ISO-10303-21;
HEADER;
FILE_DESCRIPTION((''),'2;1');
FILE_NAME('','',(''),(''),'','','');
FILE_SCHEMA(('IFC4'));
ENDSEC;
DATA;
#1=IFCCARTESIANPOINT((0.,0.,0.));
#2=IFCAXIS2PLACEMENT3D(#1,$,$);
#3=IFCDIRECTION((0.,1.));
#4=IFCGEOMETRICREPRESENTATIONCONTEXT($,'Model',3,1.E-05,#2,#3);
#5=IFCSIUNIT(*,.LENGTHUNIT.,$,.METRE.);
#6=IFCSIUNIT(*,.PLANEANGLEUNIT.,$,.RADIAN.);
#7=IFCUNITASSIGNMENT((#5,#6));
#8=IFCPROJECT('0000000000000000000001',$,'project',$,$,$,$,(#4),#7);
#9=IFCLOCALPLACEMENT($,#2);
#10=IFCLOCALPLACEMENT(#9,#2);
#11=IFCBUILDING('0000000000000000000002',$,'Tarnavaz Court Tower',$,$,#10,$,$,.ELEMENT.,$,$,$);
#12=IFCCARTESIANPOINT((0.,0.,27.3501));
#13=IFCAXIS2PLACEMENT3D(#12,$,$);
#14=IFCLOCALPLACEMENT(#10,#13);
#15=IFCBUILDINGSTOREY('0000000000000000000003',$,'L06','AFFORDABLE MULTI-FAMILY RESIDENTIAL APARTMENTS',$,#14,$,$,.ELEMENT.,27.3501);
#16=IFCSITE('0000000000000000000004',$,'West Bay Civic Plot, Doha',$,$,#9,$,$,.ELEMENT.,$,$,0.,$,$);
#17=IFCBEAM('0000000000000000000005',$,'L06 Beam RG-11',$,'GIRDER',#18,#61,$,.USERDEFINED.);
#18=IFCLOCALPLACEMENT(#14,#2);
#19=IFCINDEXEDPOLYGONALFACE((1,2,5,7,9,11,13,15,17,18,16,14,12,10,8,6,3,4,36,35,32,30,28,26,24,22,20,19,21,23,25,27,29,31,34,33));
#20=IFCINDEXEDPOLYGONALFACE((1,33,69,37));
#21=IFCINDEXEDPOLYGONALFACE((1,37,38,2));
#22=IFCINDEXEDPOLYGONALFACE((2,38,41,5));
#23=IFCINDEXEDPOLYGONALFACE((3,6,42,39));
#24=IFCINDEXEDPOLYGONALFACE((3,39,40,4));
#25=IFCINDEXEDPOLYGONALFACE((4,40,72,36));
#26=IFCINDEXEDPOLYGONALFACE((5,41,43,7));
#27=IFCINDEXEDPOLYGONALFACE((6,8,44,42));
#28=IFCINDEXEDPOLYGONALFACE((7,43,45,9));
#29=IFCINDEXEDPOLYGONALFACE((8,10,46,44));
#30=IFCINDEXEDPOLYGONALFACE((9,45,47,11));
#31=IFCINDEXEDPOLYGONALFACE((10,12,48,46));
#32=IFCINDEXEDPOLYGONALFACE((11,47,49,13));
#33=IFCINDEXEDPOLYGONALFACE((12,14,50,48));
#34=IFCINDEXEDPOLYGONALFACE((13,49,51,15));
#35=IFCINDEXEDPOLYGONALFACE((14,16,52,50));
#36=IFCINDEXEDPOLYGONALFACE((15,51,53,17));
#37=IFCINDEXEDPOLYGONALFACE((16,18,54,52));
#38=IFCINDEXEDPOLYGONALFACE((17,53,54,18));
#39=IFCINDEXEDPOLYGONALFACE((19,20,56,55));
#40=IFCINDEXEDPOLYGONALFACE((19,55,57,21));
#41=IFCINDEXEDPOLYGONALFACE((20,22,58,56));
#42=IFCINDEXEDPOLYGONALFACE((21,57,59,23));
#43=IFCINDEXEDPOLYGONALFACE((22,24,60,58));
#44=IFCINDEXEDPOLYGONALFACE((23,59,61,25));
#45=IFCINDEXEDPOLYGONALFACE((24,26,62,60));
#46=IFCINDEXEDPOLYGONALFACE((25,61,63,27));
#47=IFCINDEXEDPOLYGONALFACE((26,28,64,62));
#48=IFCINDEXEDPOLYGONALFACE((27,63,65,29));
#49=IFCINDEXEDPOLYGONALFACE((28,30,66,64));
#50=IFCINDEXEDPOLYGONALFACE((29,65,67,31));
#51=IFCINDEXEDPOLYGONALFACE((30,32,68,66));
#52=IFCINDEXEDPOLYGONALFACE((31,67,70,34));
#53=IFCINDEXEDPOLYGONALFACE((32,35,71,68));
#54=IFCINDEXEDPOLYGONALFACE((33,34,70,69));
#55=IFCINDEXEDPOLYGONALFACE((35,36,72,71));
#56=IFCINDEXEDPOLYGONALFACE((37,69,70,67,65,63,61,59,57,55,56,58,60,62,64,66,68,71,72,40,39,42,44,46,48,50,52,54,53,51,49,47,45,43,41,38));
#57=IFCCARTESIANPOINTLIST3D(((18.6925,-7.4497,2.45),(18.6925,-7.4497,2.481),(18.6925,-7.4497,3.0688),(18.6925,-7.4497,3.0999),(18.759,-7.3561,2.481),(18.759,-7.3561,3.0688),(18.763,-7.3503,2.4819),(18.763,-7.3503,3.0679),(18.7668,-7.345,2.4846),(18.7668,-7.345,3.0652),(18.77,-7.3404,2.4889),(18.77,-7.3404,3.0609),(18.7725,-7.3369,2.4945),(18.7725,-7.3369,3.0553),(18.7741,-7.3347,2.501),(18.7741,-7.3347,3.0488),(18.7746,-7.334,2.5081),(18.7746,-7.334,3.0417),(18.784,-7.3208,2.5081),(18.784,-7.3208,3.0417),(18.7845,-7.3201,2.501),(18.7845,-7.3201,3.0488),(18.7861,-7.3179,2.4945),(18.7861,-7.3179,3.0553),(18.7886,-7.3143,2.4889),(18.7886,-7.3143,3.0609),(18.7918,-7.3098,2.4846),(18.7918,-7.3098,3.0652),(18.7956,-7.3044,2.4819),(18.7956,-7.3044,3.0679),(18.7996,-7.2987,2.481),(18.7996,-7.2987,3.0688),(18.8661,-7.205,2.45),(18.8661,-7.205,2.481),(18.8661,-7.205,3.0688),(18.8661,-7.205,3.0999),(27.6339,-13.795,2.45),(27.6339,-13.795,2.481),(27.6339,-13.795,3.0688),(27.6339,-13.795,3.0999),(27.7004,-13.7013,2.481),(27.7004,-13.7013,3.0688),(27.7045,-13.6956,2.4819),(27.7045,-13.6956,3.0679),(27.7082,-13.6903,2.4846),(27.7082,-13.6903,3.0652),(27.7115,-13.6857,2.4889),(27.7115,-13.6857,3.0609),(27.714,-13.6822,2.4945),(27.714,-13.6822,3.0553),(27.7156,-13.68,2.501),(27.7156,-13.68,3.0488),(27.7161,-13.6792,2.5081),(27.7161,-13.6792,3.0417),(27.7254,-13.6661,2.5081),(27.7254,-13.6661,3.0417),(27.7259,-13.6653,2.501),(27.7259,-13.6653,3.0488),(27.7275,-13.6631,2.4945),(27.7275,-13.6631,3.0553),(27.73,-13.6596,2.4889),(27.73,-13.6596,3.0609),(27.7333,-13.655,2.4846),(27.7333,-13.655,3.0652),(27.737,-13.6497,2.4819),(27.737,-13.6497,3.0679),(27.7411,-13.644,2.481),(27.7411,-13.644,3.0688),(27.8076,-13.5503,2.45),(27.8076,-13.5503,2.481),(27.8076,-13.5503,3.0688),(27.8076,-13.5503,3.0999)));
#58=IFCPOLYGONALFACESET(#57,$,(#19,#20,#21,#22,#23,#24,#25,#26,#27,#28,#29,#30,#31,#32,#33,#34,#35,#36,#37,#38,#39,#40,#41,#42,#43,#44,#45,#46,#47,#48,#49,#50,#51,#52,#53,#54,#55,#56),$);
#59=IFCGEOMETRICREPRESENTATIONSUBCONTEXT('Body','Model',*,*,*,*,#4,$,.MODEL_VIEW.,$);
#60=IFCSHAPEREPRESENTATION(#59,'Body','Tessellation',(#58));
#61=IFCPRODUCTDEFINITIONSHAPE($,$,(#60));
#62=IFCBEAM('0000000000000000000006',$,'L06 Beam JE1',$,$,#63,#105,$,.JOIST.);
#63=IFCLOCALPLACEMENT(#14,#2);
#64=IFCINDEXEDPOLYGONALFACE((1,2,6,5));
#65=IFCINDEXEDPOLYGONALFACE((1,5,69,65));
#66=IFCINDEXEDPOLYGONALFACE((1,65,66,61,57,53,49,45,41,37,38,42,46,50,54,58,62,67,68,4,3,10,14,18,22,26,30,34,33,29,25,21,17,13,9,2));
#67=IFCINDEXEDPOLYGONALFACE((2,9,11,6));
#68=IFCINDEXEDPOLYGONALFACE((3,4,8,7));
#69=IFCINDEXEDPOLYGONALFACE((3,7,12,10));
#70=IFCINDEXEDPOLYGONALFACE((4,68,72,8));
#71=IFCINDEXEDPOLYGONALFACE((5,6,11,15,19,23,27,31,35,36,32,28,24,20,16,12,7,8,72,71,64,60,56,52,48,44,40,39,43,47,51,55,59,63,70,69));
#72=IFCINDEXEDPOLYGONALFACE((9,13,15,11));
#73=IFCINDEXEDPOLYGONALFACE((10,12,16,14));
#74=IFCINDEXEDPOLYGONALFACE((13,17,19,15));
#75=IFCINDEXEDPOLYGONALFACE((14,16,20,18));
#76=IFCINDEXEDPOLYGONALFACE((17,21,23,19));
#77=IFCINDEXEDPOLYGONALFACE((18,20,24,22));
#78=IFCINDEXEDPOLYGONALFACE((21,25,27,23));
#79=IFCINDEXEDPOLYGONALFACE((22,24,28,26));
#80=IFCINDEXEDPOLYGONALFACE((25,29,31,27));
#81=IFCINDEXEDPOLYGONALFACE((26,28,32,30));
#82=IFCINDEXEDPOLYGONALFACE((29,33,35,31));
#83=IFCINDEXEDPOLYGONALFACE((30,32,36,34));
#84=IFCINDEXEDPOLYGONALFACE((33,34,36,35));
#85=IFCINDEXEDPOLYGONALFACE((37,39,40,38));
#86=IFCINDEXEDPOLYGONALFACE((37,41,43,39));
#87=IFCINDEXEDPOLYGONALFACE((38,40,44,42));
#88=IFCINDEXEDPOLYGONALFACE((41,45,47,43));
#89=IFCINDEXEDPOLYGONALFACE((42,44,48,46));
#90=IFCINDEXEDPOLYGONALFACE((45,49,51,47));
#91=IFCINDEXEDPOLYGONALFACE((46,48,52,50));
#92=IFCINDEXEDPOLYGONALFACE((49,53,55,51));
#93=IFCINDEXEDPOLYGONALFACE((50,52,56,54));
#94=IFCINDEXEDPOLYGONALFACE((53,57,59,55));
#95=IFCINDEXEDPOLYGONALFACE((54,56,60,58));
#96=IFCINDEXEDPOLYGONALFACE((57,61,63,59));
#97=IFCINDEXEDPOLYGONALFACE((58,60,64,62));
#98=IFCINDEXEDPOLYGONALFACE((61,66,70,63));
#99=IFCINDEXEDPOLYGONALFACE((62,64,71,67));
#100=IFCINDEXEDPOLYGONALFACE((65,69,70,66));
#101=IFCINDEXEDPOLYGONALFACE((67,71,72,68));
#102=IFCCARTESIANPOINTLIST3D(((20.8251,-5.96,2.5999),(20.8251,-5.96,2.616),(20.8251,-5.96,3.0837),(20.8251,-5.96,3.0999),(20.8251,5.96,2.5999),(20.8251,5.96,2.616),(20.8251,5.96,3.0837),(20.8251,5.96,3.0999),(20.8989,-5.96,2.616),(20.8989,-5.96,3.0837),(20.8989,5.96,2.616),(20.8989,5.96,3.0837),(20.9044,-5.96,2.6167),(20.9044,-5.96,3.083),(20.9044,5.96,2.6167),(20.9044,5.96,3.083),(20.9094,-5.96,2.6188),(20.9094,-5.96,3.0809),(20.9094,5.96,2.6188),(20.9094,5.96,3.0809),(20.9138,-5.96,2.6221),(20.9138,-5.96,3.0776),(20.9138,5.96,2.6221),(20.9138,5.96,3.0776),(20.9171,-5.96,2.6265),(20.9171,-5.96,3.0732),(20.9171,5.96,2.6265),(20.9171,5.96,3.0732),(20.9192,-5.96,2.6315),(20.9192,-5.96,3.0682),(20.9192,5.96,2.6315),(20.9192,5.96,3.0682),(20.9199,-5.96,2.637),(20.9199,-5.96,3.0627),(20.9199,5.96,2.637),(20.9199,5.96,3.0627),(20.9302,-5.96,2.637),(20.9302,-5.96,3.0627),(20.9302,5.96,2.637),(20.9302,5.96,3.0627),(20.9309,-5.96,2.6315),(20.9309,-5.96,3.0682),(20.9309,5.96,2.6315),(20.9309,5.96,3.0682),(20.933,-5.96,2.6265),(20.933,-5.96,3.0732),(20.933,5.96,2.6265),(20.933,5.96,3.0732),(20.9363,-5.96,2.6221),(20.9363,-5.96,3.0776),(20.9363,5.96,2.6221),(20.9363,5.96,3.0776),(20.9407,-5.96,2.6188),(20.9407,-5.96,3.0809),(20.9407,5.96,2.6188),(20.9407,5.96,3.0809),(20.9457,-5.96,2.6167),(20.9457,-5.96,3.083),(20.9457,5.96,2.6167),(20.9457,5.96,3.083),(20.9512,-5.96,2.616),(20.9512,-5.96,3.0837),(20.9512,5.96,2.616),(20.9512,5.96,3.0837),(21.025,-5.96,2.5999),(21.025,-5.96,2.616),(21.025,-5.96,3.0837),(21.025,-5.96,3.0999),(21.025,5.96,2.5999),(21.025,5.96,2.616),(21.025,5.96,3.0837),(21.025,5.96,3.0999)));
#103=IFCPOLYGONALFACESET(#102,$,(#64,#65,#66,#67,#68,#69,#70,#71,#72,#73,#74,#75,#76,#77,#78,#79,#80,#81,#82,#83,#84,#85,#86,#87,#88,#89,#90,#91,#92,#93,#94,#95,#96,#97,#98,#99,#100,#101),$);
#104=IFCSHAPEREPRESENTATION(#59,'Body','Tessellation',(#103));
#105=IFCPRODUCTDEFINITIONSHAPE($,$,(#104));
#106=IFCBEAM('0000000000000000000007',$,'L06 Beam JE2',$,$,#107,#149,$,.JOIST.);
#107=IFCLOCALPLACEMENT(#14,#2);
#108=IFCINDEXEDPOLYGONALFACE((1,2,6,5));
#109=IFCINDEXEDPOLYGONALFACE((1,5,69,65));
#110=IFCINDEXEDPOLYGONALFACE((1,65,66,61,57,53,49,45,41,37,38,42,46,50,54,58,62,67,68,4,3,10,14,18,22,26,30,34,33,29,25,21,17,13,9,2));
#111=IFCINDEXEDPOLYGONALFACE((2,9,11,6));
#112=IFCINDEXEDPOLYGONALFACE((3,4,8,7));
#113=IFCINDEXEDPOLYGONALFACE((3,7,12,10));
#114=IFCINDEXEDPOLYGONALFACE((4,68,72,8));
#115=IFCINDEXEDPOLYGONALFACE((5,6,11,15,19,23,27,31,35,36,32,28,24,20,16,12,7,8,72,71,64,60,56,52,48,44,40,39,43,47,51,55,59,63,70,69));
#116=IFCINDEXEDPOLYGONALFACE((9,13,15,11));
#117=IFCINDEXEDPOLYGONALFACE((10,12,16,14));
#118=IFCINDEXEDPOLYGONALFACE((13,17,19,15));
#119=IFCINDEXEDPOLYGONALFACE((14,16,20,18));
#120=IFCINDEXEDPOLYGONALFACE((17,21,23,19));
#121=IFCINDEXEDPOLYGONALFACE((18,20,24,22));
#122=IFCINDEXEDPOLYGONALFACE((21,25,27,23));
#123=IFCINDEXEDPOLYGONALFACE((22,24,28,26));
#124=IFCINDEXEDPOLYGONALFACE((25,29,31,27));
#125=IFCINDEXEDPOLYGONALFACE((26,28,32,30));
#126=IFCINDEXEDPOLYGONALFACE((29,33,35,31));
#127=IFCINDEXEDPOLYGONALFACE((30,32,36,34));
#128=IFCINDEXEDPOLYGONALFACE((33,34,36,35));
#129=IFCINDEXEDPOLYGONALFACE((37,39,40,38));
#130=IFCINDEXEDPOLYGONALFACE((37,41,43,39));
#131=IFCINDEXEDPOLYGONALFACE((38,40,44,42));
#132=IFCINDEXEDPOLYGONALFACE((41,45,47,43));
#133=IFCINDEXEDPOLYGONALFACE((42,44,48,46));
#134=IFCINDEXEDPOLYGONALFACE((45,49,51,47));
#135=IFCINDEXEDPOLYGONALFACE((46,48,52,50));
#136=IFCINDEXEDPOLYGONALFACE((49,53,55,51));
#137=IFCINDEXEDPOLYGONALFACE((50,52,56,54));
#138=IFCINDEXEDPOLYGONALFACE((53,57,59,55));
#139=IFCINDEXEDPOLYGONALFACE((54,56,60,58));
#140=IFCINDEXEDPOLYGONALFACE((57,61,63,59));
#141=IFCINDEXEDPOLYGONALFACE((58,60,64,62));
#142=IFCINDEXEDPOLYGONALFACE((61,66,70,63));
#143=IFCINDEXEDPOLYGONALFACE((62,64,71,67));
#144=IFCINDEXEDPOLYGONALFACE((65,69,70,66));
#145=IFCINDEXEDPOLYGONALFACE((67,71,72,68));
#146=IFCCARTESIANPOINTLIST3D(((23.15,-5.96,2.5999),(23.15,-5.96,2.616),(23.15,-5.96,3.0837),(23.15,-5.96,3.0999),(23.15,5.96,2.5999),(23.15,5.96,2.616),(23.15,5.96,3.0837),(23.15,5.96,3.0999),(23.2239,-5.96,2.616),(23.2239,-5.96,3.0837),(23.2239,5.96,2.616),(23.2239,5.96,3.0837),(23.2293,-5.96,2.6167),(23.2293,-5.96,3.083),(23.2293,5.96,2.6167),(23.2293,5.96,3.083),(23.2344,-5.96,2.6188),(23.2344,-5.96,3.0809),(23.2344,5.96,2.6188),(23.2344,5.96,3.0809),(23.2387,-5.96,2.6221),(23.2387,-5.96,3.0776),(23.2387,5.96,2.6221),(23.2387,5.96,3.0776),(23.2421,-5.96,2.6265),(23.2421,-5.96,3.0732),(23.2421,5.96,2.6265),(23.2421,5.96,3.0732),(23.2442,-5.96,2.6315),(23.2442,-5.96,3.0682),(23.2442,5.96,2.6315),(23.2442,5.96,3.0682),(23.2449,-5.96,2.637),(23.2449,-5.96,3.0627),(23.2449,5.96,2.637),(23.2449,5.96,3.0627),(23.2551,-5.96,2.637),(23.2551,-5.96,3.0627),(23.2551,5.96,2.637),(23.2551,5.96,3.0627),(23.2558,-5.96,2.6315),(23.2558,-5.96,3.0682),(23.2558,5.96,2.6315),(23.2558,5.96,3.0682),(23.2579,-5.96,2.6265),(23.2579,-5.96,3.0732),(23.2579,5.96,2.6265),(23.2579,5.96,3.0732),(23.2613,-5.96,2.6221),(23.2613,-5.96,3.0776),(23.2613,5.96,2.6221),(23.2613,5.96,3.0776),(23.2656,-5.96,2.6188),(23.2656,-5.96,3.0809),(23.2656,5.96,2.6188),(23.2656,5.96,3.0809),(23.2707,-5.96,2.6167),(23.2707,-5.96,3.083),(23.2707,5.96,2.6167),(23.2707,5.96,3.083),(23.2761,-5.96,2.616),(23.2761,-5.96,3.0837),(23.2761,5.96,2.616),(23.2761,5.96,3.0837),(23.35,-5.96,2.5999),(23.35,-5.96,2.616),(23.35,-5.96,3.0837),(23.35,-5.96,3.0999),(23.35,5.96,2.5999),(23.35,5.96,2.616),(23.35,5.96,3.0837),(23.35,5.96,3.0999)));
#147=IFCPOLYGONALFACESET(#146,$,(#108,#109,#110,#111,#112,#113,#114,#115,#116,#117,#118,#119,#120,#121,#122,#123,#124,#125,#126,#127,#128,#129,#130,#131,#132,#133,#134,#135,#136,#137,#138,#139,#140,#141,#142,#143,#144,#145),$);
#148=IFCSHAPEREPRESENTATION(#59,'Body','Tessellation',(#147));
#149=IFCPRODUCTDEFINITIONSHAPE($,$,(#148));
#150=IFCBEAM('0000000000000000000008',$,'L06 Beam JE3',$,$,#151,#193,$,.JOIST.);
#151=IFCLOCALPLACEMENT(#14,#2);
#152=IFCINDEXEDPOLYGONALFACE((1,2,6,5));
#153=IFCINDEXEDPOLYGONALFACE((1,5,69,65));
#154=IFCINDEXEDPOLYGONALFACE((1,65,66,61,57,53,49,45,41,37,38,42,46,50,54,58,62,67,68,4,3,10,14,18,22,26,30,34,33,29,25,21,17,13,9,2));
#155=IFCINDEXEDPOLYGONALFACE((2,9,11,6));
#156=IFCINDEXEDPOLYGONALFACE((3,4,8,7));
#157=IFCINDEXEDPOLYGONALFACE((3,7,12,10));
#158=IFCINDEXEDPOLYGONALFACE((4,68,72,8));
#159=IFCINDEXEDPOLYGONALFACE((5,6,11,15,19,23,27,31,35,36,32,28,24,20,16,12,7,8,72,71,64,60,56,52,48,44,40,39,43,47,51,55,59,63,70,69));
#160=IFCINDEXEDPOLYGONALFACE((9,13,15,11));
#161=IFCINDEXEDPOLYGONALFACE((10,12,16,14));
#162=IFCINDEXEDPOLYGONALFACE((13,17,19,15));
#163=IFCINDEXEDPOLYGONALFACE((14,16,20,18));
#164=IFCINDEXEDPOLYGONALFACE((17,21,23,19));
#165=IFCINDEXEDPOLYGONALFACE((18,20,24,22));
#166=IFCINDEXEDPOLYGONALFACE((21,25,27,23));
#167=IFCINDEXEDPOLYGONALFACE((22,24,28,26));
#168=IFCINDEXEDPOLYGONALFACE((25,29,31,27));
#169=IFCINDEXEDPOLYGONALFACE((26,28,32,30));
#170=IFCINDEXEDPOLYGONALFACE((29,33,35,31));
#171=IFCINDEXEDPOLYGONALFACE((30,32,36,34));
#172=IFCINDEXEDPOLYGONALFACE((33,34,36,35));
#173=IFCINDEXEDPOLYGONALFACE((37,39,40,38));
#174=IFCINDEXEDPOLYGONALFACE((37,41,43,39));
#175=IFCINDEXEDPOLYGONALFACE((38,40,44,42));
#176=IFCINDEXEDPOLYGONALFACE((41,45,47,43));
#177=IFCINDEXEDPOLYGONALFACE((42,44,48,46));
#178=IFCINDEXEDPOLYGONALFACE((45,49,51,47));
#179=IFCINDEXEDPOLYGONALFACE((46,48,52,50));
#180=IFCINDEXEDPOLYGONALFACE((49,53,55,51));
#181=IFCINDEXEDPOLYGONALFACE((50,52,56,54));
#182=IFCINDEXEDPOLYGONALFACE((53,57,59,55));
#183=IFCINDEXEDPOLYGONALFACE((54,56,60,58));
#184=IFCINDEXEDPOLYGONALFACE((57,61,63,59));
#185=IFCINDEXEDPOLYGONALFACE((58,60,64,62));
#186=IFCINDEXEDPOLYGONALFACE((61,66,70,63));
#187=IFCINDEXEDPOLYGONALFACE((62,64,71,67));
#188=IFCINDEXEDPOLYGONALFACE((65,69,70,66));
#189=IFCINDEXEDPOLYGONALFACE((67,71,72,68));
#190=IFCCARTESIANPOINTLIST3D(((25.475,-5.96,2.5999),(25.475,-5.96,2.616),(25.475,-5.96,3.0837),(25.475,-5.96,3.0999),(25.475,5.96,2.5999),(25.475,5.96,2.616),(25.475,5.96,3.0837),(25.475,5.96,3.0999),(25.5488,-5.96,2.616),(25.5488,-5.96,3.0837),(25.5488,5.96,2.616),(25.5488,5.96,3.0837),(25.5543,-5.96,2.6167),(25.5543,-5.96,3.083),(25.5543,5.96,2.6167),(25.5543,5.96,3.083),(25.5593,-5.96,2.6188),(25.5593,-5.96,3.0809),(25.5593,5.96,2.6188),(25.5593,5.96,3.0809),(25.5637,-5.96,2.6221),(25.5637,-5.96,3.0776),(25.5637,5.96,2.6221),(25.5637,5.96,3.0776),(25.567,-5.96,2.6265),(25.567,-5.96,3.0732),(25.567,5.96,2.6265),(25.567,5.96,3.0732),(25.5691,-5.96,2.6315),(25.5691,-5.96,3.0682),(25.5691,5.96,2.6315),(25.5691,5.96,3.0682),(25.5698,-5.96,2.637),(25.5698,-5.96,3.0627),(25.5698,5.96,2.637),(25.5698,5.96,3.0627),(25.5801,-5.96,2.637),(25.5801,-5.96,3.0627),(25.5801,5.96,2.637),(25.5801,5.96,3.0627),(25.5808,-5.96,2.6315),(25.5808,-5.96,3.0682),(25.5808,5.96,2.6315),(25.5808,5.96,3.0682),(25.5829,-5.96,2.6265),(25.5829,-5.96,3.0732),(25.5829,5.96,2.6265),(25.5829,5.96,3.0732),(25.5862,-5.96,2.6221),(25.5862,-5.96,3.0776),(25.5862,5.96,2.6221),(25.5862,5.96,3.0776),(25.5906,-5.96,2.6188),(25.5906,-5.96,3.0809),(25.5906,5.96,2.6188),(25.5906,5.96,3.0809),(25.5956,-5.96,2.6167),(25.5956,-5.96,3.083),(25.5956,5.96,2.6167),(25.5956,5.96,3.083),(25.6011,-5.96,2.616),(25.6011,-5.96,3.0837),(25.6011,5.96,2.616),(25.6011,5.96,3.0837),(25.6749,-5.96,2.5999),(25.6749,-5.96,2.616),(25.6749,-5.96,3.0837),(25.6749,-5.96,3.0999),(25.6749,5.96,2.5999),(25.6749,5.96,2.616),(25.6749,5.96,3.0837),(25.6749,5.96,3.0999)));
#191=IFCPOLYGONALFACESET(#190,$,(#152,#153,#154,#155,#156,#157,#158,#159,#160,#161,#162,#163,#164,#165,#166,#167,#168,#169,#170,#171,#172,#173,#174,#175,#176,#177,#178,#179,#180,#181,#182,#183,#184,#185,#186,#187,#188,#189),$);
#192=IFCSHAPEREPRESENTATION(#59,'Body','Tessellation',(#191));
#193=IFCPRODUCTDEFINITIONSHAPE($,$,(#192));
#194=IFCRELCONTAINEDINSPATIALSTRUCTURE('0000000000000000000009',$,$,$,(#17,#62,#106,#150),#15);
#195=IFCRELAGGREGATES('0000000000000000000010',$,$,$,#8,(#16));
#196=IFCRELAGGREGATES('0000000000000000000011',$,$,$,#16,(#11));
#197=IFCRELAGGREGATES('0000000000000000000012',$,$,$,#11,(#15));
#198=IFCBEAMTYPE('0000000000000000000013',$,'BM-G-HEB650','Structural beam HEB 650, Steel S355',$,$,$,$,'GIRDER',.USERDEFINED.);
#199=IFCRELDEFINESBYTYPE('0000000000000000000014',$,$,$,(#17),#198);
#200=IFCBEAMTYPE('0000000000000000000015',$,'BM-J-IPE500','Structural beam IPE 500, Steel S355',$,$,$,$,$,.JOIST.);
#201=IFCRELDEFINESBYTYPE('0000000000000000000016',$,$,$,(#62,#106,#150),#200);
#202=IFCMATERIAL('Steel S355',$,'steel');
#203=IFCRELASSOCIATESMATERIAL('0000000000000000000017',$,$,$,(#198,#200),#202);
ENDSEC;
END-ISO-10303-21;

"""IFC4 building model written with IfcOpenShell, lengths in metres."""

from ifc_helpers import new_model, si_unit, direction, frame, origin, origin_2d, place, context, subcontext, project, spatial, i_section, extrude, material, material_profile, profile_set, type_object, element, save


model = new_model("IFC4")

# Units and contexts
model_context = context("Model", 3, precision=1e-05, world=origin(), true_north=direction((0.0, 1.0)))
body_context = subcontext(model_context, "Body", "Model", "MODEL_VIEW")
ifc_project = project(units=[si_unit("LENGTHUNIT", "METRE"), si_unit("PLANEANGLEUNIT", "RADIAN")], contexts=[model_context])

# Site, building, storey
site_placement = place(None, origin())
site = spatial("IfcSite", under=ifc_project, at=site_placement, Name="West Bay Civic Plot, Doha", CompositionType="ELEMENT", RefElevation=0.0)
building_placement = place(site_placement, origin())
building = spatial("IfcBuilding", under=site, at=building_placement, Name="Tarnavaz Court Tower", CompositionType="ELEMENT")
storey_placement = place(building_placement, frame((0.0, 0.0, 27.3501)))
storey = spatial("IfcBuildingStorey", under=building, at=storey_placement, Name="L06", Description="AFFORDABLE MULTI-FAMILY RESIDENTIAL APARTMENTS", CompositionType="ELEMENT", Elevation=27.3501)

# Beams
ifc_material_1 = material(Name="Steel S355", Category="steel")
ifc_material_profile_1 = material_profile(ifc_material_1, i_section(OverallWidth=0.3, OverallDepth=0.6499, WebThickness=0.0161, FlangeThickness=0.031, FilletRadius=0.0271, at=origin_2d()), Name="HEB 650")
ifc_profile_set_1 = profile_set([ifc_material_profile_1], Name="Steel S355")
beam_type_1 = type_object("IfcBeamType", Name="BM-G-HEB650", Description="Structural beam HEB 650, Steel S355", ElementType="GIRDER", PredefinedType="USERDEFINED", material=ifc_profile_set_1)
beam_1_placement = place(storey_placement, frame((18.7793, -7.3274, 2.7749), z_axis=(0.81552, -0.578729, 0.0), x_axis=(0.578729, 0.81552, 0.0)))
element("IfcBeam", 1, at=beam_1_placement, inside=storey, type_object=beam_type_1, Name="L06 Beam RG-11", ObjectType="GIRDER", PredefinedType="USERDEFINED", context=body_context, shape_type="SweptSolid", body=[
    extrude(i_section(OverallWidth=0.3, OverallDepth=0.6499, WebThickness=0.0161, FlangeThickness=0.031, FilletRadius=0.0271, at=origin_2d()), origin(), (0.0, 0.0, 1.0), 10.9641),
])
ifc_material_profile_2 = material_profile(ifc_material_1, i_section(OverallWidth=0.2, OverallDepth=0.5, WebThickness=0.0103, FlangeThickness=0.0161, FilletRadius=0.021, at=origin_2d()), Name="IPE 500")
ifc_profile_set_2 = profile_set([ifc_material_profile_2], Name="Steel S355")
beam_type_2 = type_object("IfcBeamType", Name="BM-J-IPE500", Description="Structural beam IPE 500, Steel S355", PredefinedType="JOIST", material=ifc_profile_set_2)
for number, where, z_axis, x_axis, name in (
    (2, (20.925, -5.96, 2.8499), (0.0, 1.0, 0.0), (-1.0, 0.0, 0.0), "L06 Beam JE1"),
    (3, (23.25, -5.96, 2.8499), (0.0, 1.0, 0.0), (-1.0, 0.0, 0.0), "L06 Beam JE2"),
    (4, (25.575, -5.96, 2.8499), (0.0, 1.0, 0.0), (-1.0, 0.0, 0.0), "L06 Beam JE3"),
):
    element("IfcBeam", number, at=place(storey_placement, frame(where, z_axis=z_axis, x_axis=x_axis)), inside=storey, type_object=beam_type_2, Name=name, PredefinedType="JOIST", context=body_context, shape_type="SweptSolid", body=[
        extrude(i_section(OverallWidth=0.2, OverallDepth=0.5, WebThickness=0.0103, FlangeThickness=0.0161, FilletRadius=0.021, at=origin_2d()), origin(), (0.0, 0.0, 1.0), 11.9199),
    ])

save(model, "model.ifc")
